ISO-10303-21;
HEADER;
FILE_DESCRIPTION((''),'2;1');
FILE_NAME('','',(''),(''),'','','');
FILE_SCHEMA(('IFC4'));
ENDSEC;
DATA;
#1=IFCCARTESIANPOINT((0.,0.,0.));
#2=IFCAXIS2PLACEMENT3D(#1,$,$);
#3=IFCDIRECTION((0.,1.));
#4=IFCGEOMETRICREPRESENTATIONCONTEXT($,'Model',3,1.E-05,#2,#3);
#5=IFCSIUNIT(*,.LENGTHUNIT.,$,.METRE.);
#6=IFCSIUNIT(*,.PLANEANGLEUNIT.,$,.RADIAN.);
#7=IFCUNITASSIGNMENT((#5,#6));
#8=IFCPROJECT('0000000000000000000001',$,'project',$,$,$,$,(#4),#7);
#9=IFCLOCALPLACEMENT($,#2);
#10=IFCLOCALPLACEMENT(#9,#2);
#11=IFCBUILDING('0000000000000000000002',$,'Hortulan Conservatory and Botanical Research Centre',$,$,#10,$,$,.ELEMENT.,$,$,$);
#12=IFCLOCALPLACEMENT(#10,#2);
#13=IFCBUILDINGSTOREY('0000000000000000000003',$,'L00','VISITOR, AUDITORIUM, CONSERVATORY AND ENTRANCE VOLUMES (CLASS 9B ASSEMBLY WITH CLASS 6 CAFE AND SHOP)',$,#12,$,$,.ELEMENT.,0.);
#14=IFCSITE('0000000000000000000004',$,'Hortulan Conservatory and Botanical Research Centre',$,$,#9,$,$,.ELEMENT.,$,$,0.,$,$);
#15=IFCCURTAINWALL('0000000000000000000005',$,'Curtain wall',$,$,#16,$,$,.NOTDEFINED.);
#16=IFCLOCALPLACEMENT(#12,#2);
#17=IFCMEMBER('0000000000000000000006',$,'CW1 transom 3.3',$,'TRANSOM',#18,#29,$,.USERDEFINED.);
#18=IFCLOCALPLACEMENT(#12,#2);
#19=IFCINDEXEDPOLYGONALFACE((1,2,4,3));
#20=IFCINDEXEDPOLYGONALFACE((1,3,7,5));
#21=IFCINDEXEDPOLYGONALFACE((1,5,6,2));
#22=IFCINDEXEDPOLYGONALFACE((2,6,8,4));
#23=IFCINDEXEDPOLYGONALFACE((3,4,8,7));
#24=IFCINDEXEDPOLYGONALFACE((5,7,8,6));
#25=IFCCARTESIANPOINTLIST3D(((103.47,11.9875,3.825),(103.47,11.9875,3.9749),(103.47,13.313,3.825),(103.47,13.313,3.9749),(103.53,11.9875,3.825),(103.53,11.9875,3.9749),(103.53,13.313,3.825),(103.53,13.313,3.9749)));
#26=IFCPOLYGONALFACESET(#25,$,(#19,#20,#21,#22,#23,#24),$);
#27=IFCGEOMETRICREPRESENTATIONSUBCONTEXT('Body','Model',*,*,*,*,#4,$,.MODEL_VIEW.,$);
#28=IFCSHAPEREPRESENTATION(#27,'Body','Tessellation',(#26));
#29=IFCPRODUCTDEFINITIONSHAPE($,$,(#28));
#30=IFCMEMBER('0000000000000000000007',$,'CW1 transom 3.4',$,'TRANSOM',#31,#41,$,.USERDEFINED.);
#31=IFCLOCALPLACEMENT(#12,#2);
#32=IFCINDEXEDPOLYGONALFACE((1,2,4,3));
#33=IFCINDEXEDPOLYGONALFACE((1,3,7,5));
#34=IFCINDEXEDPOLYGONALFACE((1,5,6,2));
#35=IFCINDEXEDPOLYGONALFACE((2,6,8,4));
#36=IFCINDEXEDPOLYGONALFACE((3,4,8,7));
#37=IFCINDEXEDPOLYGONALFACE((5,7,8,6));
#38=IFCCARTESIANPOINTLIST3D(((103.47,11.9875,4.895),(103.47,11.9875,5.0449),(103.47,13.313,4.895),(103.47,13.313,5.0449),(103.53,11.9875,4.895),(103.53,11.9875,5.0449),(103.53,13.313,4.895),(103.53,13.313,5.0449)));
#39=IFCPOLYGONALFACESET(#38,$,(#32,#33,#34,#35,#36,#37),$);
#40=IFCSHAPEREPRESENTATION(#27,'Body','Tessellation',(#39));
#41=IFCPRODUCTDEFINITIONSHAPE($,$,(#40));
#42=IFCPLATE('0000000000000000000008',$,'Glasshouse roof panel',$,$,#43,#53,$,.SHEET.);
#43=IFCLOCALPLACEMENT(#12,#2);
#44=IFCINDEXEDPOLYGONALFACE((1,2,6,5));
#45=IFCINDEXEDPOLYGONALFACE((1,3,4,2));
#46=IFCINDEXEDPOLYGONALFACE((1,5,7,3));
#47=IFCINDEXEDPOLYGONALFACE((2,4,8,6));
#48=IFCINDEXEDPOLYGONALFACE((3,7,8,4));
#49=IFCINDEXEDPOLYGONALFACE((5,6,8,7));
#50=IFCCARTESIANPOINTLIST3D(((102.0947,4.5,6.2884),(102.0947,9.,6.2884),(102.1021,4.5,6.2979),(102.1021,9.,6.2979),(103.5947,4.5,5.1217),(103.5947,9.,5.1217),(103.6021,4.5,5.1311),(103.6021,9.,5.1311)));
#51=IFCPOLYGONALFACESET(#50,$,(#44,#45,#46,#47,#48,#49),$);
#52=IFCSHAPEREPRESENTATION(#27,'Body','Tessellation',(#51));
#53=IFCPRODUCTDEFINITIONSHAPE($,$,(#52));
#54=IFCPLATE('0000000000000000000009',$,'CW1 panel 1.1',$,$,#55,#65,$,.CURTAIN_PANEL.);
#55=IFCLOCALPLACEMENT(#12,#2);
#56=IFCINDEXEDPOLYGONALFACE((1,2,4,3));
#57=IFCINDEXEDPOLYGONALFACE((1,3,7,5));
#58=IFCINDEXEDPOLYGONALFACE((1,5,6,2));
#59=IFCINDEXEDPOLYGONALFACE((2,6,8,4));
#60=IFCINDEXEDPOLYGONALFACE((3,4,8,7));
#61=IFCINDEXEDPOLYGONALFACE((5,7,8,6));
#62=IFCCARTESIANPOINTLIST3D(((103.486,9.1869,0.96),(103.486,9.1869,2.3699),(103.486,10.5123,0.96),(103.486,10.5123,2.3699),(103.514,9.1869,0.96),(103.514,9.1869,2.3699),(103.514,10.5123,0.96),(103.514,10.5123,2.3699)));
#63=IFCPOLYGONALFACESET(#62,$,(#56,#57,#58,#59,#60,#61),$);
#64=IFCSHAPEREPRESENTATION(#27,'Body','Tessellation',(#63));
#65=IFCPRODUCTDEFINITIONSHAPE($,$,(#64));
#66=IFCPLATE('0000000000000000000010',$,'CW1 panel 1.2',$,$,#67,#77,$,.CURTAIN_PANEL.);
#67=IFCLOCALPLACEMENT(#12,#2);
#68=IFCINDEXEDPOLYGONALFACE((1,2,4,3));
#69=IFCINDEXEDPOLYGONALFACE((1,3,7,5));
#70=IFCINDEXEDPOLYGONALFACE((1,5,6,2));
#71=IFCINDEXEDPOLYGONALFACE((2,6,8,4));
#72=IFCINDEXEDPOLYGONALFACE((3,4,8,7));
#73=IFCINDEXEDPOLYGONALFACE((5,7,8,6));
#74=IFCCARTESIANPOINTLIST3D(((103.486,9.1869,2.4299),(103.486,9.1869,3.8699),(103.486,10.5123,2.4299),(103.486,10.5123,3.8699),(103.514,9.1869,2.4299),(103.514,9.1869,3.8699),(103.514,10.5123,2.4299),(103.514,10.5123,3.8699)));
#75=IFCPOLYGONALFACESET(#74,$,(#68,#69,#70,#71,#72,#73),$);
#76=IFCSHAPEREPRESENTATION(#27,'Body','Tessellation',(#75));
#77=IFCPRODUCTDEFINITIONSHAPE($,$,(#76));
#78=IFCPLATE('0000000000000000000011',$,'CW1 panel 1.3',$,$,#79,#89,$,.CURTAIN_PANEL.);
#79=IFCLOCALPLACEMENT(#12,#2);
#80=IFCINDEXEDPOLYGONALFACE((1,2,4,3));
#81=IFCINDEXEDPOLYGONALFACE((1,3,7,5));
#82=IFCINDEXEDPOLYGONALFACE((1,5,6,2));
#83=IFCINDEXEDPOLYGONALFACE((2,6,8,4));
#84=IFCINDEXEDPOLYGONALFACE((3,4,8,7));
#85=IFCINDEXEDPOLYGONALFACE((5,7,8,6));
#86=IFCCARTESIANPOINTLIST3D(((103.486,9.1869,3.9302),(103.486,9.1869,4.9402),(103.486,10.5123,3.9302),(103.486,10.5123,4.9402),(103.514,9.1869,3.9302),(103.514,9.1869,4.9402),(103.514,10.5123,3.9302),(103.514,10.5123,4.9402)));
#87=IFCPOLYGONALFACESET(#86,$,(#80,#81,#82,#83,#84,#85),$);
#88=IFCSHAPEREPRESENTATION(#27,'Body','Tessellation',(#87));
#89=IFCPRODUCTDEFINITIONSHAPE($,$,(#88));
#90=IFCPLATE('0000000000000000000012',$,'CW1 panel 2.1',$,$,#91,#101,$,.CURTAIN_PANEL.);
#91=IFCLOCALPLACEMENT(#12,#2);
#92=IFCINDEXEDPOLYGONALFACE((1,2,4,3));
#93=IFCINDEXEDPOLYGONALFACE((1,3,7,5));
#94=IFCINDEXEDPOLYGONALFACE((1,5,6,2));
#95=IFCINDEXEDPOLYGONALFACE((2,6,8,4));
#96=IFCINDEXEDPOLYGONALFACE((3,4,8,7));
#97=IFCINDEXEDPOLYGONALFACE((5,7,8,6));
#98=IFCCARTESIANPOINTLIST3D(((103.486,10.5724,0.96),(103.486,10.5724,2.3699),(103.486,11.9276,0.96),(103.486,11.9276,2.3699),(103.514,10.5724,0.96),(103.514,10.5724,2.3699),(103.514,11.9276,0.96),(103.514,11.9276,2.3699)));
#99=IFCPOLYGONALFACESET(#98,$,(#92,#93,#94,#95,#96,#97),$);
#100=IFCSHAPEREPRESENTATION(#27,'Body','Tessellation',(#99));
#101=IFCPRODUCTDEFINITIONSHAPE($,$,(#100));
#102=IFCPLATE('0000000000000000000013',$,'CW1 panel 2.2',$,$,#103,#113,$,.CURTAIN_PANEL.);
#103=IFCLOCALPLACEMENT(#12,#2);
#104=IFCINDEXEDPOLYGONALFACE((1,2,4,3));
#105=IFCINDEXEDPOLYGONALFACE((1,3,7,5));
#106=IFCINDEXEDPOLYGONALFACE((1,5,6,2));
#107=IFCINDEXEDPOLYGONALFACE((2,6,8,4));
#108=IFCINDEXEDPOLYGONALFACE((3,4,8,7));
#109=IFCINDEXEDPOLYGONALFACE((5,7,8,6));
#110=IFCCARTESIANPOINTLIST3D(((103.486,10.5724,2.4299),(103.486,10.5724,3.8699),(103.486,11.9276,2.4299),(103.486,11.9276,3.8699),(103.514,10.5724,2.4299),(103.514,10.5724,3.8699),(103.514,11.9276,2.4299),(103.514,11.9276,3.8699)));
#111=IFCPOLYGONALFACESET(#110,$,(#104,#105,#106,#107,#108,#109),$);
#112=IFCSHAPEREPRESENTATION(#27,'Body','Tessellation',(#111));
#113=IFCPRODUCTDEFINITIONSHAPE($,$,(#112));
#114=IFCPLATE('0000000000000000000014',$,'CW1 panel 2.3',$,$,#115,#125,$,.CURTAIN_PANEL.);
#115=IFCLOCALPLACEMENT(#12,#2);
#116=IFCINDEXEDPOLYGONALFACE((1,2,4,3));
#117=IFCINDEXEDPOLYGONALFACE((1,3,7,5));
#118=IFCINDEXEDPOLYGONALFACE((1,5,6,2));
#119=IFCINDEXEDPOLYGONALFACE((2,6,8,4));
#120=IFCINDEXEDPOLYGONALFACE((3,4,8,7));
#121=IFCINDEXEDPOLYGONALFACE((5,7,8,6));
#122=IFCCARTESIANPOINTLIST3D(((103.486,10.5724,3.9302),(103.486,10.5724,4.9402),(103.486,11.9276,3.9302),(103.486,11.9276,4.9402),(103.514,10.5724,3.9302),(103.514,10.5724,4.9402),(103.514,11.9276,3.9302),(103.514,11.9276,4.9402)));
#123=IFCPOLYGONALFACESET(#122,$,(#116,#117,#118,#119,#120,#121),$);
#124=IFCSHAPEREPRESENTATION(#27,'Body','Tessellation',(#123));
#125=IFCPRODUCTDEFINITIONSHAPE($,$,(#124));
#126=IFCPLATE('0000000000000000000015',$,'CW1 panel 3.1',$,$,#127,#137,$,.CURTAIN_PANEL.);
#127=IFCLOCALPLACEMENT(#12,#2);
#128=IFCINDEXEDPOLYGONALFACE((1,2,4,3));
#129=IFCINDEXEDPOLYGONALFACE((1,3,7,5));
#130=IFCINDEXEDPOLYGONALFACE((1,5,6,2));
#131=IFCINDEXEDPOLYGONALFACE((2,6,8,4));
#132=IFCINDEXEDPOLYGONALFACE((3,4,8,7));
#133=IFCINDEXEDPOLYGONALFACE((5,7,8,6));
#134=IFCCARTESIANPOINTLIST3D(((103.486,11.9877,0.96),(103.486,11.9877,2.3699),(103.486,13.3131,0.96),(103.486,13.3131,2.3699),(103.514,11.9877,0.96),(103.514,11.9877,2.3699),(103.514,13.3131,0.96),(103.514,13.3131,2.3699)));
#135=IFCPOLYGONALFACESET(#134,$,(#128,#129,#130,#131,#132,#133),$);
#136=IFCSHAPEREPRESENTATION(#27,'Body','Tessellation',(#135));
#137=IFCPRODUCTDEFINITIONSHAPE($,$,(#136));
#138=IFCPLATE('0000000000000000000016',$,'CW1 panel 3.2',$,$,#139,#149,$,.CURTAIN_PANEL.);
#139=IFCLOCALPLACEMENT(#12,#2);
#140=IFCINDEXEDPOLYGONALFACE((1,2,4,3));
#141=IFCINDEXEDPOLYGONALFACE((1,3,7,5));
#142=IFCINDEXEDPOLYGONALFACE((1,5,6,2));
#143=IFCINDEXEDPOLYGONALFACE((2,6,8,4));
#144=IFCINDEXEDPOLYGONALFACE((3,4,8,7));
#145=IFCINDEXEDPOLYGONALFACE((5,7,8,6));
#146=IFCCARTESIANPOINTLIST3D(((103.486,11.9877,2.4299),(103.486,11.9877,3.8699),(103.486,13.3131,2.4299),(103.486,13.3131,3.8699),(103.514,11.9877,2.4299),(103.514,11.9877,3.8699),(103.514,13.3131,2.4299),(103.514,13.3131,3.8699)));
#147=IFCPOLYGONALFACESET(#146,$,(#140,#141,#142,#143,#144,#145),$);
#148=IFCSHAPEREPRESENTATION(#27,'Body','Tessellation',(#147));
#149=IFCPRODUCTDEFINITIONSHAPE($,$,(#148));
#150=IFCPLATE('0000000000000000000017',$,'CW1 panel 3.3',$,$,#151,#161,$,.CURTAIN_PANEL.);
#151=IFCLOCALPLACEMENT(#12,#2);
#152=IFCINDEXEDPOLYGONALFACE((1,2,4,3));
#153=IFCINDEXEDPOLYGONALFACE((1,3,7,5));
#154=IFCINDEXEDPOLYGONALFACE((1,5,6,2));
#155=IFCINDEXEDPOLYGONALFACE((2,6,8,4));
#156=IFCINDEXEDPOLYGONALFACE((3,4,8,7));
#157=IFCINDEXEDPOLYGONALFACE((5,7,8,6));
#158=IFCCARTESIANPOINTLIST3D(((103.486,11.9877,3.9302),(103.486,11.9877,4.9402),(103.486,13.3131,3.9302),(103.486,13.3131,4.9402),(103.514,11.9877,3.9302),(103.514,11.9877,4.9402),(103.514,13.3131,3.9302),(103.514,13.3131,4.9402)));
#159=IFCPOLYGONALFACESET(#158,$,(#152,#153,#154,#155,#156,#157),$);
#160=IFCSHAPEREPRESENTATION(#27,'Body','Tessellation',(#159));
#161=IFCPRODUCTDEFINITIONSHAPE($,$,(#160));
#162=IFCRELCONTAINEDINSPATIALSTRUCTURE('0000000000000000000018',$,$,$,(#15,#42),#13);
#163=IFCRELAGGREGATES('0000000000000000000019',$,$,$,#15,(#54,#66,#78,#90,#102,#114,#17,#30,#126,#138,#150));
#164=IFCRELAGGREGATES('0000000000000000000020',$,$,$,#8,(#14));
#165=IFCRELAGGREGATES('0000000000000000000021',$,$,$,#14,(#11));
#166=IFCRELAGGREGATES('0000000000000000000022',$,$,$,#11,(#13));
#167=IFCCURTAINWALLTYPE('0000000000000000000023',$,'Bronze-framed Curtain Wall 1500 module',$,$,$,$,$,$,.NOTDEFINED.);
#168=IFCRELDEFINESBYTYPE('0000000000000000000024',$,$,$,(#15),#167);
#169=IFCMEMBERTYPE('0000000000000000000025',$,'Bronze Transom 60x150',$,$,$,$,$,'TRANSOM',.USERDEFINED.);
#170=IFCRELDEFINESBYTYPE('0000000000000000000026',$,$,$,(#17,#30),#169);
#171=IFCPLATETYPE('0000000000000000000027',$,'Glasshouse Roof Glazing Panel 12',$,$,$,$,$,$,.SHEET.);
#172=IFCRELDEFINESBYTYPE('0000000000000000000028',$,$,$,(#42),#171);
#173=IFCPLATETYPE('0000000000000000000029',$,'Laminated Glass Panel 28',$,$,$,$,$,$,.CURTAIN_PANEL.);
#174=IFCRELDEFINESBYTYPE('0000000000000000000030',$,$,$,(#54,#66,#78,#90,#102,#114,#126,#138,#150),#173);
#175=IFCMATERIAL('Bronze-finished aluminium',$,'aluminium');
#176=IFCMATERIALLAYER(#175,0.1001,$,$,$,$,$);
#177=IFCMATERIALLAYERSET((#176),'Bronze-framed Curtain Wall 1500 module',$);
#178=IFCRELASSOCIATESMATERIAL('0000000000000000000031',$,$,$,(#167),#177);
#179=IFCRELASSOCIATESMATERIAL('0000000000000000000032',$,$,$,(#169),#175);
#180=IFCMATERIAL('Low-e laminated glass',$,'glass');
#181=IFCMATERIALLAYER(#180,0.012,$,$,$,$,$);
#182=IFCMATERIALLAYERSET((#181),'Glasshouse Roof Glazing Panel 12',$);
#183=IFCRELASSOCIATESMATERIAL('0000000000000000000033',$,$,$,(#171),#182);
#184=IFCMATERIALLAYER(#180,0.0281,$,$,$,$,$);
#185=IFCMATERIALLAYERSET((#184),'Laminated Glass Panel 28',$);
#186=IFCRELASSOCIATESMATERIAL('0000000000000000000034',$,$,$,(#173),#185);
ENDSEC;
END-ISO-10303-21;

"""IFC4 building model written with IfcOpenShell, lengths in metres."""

from ifc_helpers import new_model, si_unit, direction, frame, origin, origin_2d, place, context, subcontext, project, spatial, polyline, rectangle, outline, extrude, material, layer, layer_set, material_profile, profile_set, type_object, element, aggregate, save


model = new_model("IFC4")

# Units and contexts
model_context = context("Model", 3, precision=1e-05, world=origin(), true_north=direction((0.0, 1.0)))
body_context = subcontext(model_context, "Body", "Model", "MODEL_VIEW")
ifc_project = project(units=[si_unit("LENGTHUNIT", "METRE"), si_unit("PLANEANGLEUNIT", "RADIAN")], contexts=[model_context])

# Site, building, storey
site_placement = place(None, origin())
site = spatial("IfcSite", under=ifc_project, at=site_placement, Name="Hortulan Conservatory and Botanical Research Centre", CompositionType="ELEMENT", RefElevation=0.0)
building_placement = place(site_placement, origin())
building = spatial("IfcBuilding", under=site, at=building_placement, Name="Hortulan Conservatory and Botanical Research Centre", CompositionType="ELEMENT")
storey_placement = place(building_placement, origin())
storey = spatial("IfcBuildingStorey", under=building, at=storey_placement, Name="L00", Description="VISITOR, AUDITORIUM, CONSERVATORY AND ENTRANCE VOLUMES (CLASS 9B ASSEMBLY WITH CLASS 6 CAFE AND SHOP)", CompositionType="ELEMENT", Elevation=0.0)

# Curtain wall, members
ifc_material_1 = material(Name="Bronze-finished aluminium", Category="aluminium")
ifc_layer_1 = layer(ifc_material_1, 0.1001)
ifc_layer_set_1 = layer_set([ifc_layer_1], Name="Bronze-framed Curtain Wall 1500 module")
curtain_wall_type = type_object("IfcCurtainWallType", Name="Bronze-framed Curtain Wall 1500 module", PredefinedType="NOTDEFINED", material=ifc_layer_set_1)
curtain_wall_placement = place(storey_placement, origin())
curtain_wall = element("IfcCurtainWall", 1, at=curtain_wall_placement, inside=storey, type_object=curtain_wall_type, Name="Curtain wall", PredefinedType="NOTDEFINED")
ifc_material_profile_1 = material_profile(ifc_material_1, rectangle(XDim=0.0601, YDim=0.1499, at=origin_2d()), Name="Bronze Transom 60x150")
ifc_profile_set_1 = profile_set([ifc_material_profile_1], Name="Bronze-finished aluminium")
member_type_1 = type_object("IfcMemberType", Name="Bronze Transom 60x150", ElementType="TRANSOM", PredefinedType="USERDEFINED", material=ifc_profile_set_1)
member_1_placement = place(storey_placement, frame((103.5, 11.9875, 3.8999), z_axis=(0.0, 1.0, 0.0), x_axis=(-1.0, 0.0, 0.0)))
member_1 = element("IfcMember", 2, at=member_1_placement, type_object=member_type_1, Name="CW1 transom 3.3", ObjectType="TRANSOM", PredefinedType="USERDEFINED", context=body_context, shape_type="SweptSolid", body=[
    extrude(rectangle(XDim=0.0601, YDim=0.1499, at=origin_2d()), origin(), (0.0, 0.0, 1.0), 1.3254),
])
member_2_placement = place(storey_placement, frame((103.5, 11.9875, 4.97), z_axis=(0.0, 1.0, 0.0), x_axis=(-1.0, 0.0, 0.0)))
member_2 = element("IfcMember", 3, at=member_2_placement, type_object=member_type_1, Name="CW1 transom 3.4", ObjectType="TRANSOM", PredefinedType="USERDEFINED", context=body_context, shape_type="SweptSolid", body=[
    extrude(rectangle(XDim=0.0601, YDim=0.1499, at=origin_2d()), origin(), (0.0, 0.0, 1.0), 1.3254),
])

# Plates
ifc_material_2 = material(Name="Low-e laminated glass", Category="glass")
ifc_layer_2 = layer(ifc_material_2, 0.012)
ifc_layer_set_2 = layer_set([ifc_layer_2], Name="Glasshouse Roof Glazing Panel 12")
plate_type_1 = type_object("IfcPlateType", Name="Glasshouse Roof Glazing Panel 12", PredefinedType="SHEET", material=ifc_layer_set_2)
plate_1_placement = place(storey_placement, frame((103.6021, 9.0, 5.1311), z_axis=(0.613967, 0.0, 0.789331), x_axis=(-0.789331, 0.0, 0.613967)))
element("IfcPlate", 4, at=plate_1_placement, inside=storey, type_object=plate_type_1, Name="Glasshouse roof panel", PredefinedType="SHEET", context=body_context, shape_type="SweptSolid", body=[
    extrude(outline(polyline([(0.0, 0.0), (1.9003, 0.0), (1.9003, 4.5), (0.0, 4.5), (0.0, 0.0)])), origin(), (0.0, 0.0, -1.0), 0.012),
])
ifc_layer_3 = layer(ifc_material_2, 0.0281)
ifc_layer_set_3 = layer_set([ifc_layer_3], Name="Laminated Glass Panel 28")
plate_type_2 = type_object("IfcPlateType", Name="Laminated Glass Panel 28", PredefinedType="CURTAIN_PANEL", material=ifc_layer_set_3)
plate_2_placement = place(storey_placement, frame((103.5, 9.8496, 0.96), z_axis=(0.0, 0.0, 1.0), x_axis=(0.0, 1.0, 0.0)))
plate_2 = element("IfcPlate", 5, at=plate_2_placement, type_object=plate_type_2, Name="CW1 panel 1.1", PredefinedType="CURTAIN_PANEL", context=body_context, shape_type="SweptSolid", body=[
    extrude(rectangle(XDim=1.3254, YDim=0.0281, at=origin_2d()), origin(), (0.0, 0.0, 1.0), 1.4099),
])
plate_3_placement = place(storey_placement, frame((103.5, 9.8496, 2.4299), z_axis=(0.0, 0.0, 1.0), x_axis=(0.0, 1.0, 0.0)))
plate_3 = element("IfcPlate", 6, at=plate_3_placement, type_object=plate_type_2, Name="CW1 panel 1.2", PredefinedType="CURTAIN_PANEL", context=body_context, shape_type="SweptSolid", body=[
    extrude(rectangle(XDim=1.3254, YDim=0.0281, at=origin_2d()), origin(), (0.0, 0.0, 1.0), 1.4399),
])
plate_4_placement = place(storey_placement, frame((103.5, 9.8496, 3.9302), z_axis=(0.0, 0.0, 1.0), x_axis=(0.0, 1.0, 0.0)))
plate_4 = element("IfcPlate", 7, at=plate_4_placement, type_object=plate_type_2, Name="CW1 panel 1.3", PredefinedType="CURTAIN_PANEL", context=body_context, shape_type="SweptSolid", body=[
    extrude(rectangle(XDim=1.3254, YDim=0.0281, at=origin_2d()), origin(), (0.0, 0.0, 1.0), 1.01),
])
plate_5_placement = place(storey_placement, frame((103.5, 11.25, 0.96), z_axis=(0.0, 0.0, 1.0), x_axis=(0.0, 1.0, 0.0)))
plate_5 = element("IfcPlate", 8, at=plate_5_placement, type_object=plate_type_2, Name="CW1 panel 2.1", PredefinedType="CURTAIN_PANEL", context=body_context, shape_type="SweptSolid", body=[
    extrude(rectangle(XDim=1.3552, YDim=0.0281, at=origin_2d()), origin(), (0.0, 0.0, 1.0), 1.4099),
])
plate_6_placement = place(storey_placement, frame((103.5, 11.25, 2.4299), z_axis=(0.0, 0.0, 1.0), x_axis=(0.0, 1.0, 0.0)))
plate_6 = element("IfcPlate", 9, at=plate_6_placement, type_object=plate_type_2, Name="CW1 panel 2.2", PredefinedType="CURTAIN_PANEL", context=body_context, shape_type="SweptSolid", body=[
    extrude(rectangle(XDim=1.3552, YDim=0.0281, at=origin_2d()), origin(), (0.0, 0.0, 1.0), 1.4399),
])
plate_7_placement = place(storey_placement, frame((103.5, 11.25, 3.9302), z_axis=(0.0, 0.0, 1.0), x_axis=(0.0, 1.0, 0.0)))
plate_7 = element("IfcPlate", 10, at=plate_7_placement, type_object=plate_type_2, Name="CW1 panel 2.3", PredefinedType="CURTAIN_PANEL", context=body_context, shape_type="SweptSolid", body=[
    extrude(rectangle(XDim=1.3552, YDim=0.0281, at=origin_2d()), origin(), (0.0, 0.0, 1.0), 1.01),
])
plate_8_placement = place(storey_placement, frame((103.5, 12.6504, 0.96), z_axis=(0.0, 0.0, 1.0), x_axis=(0.0, 1.0, 0.0)))
plate_8 = element("IfcPlate", 11, at=plate_8_placement, type_object=plate_type_2, Name="CW1 panel 3.1", PredefinedType="CURTAIN_PANEL", context=body_context, shape_type="SweptSolid", body=[
    extrude(rectangle(XDim=1.3254, YDim=0.0281, at=origin_2d()), origin(), (0.0, 0.0, 1.0), 1.4099),
])
plate_9_placement = place(storey_placement, frame((103.5, 12.6504, 2.4299), z_axis=(0.0, 0.0, 1.0), x_axis=(0.0, 1.0, 0.0)))
plate_9 = element("IfcPlate", 12, at=plate_9_placement, type_object=plate_type_2, Name="CW1 panel 3.2", PredefinedType="CURTAIN_PANEL", context=body_context, shape_type="SweptSolid", body=[
    extrude(rectangle(XDim=1.3254, YDim=0.0281, at=origin_2d()), origin(), (0.0, 0.0, 1.0), 1.4399),
])
plate_10_placement = place(storey_placement, frame((103.5, 12.6504, 3.9302), z_axis=(0.0, 0.0, 1.0), x_axis=(0.0, 1.0, 0.0)))
plate_10 = element("IfcPlate", 13, at=plate_10_placement, type_object=plate_type_2, Name="CW1 panel 3.3", PredefinedType="CURTAIN_PANEL", context=body_context, shape_type="SweptSolid", body=[
    extrude(rectangle(XDim=1.3254, YDim=0.0281, at=origin_2d()), origin(), (0.0, 0.0, 1.0), 1.01),
])
aggregate(curtain_wall, [plate_2, plate_3, plate_4, plate_5, plate_6, plate_7, member_1, member_2, plate_8, plate_9, plate_10])

save(model, "model.ifc")
